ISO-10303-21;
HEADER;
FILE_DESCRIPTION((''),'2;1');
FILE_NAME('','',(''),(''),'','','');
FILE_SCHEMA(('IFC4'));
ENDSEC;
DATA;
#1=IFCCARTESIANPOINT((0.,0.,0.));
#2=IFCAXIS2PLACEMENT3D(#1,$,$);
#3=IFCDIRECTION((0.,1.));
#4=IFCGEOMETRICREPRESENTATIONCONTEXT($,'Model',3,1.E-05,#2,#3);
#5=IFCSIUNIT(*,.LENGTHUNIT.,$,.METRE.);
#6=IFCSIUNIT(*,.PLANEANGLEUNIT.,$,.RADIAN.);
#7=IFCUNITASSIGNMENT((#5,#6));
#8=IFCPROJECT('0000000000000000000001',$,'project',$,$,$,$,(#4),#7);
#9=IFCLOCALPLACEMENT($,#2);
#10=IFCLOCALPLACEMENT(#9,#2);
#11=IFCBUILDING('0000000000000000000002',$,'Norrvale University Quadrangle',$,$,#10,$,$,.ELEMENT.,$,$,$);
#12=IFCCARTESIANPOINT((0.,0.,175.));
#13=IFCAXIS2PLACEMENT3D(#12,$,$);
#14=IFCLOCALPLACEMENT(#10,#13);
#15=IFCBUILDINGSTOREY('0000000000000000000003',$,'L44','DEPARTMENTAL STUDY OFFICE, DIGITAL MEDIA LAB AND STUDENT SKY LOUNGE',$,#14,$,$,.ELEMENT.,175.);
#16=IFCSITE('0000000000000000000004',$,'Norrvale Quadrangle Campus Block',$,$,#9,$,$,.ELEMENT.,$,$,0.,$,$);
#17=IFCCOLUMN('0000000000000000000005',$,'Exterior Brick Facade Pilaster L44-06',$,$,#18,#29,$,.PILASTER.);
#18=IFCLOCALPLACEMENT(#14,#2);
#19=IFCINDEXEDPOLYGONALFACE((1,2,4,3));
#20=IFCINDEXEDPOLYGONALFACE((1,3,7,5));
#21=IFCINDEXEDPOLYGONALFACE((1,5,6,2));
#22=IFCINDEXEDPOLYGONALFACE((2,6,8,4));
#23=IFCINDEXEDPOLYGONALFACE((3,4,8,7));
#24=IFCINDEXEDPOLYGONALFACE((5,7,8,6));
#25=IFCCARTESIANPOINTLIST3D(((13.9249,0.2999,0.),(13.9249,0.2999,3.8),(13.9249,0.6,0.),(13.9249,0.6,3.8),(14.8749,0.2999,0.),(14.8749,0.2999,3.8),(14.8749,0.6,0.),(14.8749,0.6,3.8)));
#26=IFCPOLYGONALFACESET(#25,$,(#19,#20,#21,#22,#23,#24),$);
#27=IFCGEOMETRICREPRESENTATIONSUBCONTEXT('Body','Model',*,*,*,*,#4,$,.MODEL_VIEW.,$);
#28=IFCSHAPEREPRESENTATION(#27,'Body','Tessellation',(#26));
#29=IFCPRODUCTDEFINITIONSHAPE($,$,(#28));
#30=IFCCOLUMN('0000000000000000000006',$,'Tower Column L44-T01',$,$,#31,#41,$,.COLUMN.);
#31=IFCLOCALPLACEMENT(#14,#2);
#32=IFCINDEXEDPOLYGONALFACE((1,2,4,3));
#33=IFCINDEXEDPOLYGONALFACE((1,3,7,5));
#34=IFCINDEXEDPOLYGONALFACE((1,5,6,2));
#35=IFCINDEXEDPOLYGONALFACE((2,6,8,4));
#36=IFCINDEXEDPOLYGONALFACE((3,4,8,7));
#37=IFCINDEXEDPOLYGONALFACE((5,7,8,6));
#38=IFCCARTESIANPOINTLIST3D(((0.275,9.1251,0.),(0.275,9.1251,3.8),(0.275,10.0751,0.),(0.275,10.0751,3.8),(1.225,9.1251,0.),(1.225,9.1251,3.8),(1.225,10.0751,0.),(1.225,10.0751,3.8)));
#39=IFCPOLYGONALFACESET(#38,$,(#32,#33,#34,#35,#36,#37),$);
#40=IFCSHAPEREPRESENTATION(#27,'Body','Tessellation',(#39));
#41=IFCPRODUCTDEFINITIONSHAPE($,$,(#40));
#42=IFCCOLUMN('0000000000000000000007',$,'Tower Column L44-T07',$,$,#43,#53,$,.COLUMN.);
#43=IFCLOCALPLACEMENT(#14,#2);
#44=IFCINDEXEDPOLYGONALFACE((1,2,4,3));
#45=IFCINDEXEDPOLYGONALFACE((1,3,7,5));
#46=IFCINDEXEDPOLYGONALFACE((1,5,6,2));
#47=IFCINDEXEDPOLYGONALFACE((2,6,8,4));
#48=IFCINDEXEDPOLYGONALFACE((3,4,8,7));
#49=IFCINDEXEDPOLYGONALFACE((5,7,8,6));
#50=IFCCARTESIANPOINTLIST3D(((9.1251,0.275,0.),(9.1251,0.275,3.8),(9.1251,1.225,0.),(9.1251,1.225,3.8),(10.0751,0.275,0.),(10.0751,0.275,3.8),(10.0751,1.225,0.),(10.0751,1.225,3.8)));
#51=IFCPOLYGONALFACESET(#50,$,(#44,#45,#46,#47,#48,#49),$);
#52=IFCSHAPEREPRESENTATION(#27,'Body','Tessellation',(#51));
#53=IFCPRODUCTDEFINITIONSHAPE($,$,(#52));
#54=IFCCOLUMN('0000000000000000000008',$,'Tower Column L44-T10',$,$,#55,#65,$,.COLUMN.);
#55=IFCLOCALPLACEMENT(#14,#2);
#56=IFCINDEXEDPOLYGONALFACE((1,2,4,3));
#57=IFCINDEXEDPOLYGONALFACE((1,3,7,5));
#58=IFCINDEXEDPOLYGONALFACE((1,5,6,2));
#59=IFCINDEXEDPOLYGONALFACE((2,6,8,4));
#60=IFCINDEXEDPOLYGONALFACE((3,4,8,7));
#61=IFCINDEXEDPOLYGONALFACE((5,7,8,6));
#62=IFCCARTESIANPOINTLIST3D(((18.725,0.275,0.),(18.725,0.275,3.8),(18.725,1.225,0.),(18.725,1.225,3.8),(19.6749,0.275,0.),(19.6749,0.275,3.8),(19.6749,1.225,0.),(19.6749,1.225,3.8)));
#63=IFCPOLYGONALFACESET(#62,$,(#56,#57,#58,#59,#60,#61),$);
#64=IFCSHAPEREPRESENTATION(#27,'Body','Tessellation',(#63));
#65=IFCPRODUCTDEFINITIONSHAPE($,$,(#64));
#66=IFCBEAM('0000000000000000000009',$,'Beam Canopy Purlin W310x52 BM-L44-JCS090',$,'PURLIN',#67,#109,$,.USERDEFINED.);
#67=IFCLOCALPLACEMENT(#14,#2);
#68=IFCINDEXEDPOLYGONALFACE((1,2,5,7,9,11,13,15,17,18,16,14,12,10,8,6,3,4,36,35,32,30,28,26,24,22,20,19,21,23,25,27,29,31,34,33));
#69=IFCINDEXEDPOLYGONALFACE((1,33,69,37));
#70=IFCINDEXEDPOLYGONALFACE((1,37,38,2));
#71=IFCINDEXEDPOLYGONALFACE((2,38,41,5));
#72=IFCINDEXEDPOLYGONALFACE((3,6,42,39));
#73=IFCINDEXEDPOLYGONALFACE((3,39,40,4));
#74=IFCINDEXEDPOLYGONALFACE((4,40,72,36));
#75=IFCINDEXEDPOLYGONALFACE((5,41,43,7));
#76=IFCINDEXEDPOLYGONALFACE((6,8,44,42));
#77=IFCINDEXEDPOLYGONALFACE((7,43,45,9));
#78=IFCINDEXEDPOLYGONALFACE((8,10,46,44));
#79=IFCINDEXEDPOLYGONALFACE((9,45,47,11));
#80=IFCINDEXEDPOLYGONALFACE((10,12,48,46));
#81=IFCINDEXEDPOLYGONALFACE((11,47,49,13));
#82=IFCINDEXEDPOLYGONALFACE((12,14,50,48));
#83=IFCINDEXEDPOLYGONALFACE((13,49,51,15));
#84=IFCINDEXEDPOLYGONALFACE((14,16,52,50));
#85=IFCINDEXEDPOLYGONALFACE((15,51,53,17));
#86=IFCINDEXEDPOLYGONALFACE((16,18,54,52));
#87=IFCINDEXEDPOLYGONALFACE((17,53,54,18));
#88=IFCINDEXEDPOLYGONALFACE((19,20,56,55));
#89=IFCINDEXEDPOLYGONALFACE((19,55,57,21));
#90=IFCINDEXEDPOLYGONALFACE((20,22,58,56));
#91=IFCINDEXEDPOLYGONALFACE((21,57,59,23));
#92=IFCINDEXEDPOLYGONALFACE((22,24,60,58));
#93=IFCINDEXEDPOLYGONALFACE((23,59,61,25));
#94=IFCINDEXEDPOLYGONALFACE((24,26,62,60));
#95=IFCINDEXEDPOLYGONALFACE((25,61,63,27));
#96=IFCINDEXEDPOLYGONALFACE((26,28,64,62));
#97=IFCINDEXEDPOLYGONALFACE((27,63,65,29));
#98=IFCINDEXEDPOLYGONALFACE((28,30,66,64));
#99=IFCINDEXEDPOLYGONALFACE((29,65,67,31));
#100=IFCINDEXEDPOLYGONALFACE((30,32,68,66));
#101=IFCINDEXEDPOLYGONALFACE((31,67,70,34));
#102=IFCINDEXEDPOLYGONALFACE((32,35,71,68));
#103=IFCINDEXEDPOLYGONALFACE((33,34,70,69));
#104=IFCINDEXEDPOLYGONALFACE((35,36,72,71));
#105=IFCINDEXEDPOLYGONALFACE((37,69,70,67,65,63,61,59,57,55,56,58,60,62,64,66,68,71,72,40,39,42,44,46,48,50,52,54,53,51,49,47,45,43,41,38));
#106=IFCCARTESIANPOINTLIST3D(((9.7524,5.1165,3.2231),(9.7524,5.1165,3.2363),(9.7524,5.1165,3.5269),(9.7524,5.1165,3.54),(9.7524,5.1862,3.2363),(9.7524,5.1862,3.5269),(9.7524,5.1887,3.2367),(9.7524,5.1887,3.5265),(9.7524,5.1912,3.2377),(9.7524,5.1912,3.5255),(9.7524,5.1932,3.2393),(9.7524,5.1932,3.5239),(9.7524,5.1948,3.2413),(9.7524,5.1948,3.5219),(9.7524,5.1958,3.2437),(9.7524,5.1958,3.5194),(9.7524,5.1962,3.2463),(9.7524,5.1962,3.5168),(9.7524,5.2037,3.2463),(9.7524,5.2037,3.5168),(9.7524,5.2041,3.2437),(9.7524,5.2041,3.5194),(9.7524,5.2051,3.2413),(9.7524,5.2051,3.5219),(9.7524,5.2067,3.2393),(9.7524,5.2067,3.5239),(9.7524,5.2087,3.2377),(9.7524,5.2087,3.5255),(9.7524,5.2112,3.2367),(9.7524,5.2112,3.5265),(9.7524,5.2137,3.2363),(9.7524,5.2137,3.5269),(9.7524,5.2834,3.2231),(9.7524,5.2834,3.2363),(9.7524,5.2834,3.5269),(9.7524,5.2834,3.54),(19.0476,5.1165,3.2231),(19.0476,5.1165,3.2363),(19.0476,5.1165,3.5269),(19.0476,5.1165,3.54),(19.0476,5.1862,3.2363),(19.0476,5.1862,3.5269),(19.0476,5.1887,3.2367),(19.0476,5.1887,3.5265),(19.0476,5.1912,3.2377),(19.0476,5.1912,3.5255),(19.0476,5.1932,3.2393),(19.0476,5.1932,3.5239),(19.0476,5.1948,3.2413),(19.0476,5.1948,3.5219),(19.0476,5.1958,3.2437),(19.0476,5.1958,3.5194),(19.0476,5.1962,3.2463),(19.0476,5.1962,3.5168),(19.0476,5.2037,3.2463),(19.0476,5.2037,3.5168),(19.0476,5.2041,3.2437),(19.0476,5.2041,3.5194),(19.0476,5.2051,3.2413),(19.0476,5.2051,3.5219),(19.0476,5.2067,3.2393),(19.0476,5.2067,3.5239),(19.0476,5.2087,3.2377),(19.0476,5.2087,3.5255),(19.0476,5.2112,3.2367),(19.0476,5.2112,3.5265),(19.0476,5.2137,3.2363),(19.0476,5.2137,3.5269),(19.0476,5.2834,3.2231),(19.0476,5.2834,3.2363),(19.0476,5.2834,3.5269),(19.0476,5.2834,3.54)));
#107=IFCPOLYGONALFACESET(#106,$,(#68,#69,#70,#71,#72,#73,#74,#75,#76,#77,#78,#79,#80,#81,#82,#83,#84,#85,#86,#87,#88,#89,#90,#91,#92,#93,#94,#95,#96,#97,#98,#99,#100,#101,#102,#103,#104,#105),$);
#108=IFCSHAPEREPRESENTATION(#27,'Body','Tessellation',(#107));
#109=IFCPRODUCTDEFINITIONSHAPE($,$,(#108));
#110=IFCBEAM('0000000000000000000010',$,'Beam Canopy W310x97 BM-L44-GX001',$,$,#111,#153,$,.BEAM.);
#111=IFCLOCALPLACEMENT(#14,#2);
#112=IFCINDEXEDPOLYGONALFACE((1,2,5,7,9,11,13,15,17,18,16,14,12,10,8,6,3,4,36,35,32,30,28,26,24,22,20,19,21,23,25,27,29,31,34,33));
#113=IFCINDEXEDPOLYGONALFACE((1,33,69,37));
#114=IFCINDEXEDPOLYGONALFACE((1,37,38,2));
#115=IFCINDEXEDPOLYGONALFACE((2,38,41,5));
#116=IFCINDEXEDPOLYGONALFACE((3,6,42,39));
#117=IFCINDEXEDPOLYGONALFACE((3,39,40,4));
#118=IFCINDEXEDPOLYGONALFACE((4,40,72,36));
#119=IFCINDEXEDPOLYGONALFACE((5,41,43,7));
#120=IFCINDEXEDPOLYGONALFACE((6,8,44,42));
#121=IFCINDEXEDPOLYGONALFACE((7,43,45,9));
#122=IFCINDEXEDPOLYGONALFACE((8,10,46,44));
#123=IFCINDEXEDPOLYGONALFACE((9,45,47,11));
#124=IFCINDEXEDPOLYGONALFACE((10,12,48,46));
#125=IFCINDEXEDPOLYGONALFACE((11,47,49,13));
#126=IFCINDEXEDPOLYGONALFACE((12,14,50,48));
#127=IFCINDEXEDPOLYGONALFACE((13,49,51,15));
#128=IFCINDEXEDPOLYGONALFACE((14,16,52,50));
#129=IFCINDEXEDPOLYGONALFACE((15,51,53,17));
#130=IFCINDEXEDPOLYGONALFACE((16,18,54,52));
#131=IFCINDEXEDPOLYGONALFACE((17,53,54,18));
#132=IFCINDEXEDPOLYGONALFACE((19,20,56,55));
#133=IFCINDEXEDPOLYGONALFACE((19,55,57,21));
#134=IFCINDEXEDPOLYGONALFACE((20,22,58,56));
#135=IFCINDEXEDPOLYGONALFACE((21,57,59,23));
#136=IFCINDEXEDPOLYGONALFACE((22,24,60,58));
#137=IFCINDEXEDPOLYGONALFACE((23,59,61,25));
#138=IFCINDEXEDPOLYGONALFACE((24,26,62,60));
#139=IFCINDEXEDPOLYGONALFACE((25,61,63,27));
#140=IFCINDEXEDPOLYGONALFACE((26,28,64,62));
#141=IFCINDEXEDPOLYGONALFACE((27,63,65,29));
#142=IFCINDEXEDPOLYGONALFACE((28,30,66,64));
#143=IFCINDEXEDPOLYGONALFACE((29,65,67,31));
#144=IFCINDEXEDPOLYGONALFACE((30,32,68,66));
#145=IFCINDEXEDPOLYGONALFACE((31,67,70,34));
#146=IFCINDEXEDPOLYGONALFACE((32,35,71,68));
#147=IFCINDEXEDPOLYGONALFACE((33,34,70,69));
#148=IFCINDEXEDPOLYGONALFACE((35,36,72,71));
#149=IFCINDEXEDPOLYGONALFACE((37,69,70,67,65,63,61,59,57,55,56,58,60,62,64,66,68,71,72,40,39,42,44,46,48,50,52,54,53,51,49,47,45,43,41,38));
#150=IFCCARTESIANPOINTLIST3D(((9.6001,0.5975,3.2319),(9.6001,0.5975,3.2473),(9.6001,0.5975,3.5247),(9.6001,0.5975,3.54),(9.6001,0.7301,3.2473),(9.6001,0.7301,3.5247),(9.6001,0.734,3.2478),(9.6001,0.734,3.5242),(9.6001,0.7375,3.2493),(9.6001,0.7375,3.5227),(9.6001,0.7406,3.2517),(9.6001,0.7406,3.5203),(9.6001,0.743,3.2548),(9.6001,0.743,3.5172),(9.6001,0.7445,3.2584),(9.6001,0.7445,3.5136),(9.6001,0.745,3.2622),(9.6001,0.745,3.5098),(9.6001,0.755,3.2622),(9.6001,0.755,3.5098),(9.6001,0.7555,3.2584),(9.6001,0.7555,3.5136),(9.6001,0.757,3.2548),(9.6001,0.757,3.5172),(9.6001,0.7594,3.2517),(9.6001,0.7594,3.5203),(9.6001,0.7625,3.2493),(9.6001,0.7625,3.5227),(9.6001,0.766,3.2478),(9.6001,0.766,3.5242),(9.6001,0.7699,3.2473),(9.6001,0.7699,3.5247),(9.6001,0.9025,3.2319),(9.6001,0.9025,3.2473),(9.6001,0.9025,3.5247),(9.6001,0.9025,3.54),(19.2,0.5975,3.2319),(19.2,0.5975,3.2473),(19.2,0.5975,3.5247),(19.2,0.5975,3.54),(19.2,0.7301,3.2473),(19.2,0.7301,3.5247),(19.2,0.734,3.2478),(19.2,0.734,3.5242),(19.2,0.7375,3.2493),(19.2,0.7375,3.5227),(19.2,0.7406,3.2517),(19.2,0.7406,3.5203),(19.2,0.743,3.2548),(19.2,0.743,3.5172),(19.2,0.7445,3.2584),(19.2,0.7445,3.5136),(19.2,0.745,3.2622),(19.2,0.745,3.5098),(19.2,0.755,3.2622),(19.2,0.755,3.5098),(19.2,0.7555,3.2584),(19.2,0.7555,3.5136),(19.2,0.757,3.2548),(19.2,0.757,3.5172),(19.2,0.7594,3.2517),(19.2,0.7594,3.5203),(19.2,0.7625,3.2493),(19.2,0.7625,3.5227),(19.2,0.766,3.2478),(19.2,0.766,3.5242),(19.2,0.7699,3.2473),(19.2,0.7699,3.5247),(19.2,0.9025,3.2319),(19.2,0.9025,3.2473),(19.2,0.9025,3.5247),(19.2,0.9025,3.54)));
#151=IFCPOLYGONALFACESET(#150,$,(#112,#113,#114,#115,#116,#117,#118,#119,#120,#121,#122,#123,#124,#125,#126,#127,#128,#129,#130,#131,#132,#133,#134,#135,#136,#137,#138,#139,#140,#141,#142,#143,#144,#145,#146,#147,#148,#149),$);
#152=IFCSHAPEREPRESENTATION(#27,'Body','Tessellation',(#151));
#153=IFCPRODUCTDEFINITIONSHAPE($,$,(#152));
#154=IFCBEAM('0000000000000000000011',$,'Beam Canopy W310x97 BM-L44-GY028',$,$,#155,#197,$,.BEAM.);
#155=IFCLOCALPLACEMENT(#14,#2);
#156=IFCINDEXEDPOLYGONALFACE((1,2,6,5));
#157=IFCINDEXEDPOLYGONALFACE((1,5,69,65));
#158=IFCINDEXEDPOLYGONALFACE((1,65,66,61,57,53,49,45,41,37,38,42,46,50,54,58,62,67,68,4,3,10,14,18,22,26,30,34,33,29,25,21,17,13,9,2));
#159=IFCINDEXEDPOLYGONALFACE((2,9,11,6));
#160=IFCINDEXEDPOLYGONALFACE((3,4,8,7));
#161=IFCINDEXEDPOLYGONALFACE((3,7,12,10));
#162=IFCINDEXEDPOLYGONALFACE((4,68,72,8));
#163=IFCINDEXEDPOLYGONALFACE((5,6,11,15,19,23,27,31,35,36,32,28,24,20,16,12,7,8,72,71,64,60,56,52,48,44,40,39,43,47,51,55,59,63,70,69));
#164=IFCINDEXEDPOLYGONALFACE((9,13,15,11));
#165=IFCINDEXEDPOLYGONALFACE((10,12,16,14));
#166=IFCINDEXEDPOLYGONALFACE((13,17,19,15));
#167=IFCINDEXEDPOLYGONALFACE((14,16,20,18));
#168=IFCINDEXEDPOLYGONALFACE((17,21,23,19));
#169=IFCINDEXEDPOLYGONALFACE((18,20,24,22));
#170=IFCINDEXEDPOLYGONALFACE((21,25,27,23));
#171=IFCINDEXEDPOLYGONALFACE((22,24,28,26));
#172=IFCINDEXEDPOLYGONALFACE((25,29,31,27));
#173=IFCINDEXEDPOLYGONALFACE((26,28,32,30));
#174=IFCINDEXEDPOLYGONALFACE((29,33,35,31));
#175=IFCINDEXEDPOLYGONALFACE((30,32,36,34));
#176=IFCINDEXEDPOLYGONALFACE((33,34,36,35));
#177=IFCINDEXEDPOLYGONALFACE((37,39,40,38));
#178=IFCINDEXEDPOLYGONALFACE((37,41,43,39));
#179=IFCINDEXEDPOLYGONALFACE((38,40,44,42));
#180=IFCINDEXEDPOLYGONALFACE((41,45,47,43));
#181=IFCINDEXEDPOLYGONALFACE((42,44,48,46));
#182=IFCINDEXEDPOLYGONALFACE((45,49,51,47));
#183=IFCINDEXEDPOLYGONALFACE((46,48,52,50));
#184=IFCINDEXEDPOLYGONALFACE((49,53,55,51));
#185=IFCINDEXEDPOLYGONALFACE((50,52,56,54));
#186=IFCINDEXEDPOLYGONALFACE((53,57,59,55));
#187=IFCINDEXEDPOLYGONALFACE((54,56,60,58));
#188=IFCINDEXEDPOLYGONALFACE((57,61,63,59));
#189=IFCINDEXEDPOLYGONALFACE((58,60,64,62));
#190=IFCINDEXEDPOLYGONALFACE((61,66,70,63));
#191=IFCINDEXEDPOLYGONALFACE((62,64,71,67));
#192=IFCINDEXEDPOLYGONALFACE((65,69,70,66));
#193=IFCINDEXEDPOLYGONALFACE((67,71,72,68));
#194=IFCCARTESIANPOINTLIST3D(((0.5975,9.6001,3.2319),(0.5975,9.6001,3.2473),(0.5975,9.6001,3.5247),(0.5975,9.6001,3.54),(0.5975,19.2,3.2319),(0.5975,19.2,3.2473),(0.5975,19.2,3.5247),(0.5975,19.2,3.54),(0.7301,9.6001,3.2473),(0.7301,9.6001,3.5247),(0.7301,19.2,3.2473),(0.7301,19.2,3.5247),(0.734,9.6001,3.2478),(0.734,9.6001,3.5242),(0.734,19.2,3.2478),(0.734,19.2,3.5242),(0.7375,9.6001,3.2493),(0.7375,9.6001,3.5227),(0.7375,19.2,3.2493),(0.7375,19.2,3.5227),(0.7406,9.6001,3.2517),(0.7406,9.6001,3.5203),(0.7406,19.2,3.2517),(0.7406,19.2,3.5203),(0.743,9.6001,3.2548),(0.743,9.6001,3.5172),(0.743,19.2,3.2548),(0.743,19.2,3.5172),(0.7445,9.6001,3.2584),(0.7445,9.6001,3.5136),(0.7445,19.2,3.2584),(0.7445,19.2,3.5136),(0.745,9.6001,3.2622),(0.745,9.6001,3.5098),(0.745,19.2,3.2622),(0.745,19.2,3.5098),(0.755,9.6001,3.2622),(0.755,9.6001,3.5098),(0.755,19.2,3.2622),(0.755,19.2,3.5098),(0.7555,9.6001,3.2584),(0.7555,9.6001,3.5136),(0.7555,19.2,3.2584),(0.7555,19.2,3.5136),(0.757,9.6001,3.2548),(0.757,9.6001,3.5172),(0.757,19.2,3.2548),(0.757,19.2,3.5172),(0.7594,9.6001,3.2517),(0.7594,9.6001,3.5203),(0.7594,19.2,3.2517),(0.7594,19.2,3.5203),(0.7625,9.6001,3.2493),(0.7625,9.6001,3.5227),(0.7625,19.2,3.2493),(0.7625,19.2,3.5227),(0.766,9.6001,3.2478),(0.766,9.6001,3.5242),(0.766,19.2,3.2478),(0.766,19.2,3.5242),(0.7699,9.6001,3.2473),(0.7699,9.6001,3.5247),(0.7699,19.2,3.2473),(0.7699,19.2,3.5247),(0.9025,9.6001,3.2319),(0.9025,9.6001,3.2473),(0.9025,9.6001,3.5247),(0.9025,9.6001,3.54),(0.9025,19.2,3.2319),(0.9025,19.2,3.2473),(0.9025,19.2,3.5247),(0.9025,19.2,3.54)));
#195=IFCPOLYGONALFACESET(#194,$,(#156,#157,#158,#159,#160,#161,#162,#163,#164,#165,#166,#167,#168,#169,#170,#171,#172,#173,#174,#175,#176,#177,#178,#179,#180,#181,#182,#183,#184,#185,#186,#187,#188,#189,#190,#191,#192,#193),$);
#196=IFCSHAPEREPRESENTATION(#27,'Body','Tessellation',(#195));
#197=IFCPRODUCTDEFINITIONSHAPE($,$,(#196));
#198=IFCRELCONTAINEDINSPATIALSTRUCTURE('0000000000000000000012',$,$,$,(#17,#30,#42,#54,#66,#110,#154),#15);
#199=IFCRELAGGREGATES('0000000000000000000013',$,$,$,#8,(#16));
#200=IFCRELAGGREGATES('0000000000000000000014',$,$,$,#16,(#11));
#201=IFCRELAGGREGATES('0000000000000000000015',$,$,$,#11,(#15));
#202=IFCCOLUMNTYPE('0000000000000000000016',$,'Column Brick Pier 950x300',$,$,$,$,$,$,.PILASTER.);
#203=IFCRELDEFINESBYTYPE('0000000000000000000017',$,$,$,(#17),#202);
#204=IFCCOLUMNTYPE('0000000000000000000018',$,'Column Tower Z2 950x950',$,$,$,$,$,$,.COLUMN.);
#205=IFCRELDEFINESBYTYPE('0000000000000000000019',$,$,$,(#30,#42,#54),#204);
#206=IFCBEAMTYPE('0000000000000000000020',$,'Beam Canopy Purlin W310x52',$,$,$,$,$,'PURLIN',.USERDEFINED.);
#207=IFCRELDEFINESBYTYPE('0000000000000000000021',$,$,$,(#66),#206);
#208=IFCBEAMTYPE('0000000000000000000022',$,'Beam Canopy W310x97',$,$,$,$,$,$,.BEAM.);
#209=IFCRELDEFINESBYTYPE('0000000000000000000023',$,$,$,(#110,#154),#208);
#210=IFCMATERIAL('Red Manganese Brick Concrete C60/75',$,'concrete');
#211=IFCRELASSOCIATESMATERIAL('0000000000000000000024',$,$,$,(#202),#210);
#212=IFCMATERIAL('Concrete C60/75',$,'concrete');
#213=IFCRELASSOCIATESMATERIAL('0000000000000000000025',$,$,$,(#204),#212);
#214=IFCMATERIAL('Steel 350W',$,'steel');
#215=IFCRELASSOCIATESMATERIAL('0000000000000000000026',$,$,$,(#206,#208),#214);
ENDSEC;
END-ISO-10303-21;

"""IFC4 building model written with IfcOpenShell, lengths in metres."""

from ifc_helpers import new_model, si_unit, direction, frame, origin, origin_2d, place, context, subcontext, project, spatial, rectangle, i_section, extrude, material, material_profile, profile_set, type_object, element, save


model = new_model("IFC4")

# Units and contexts
model_context = context("Model", 3, precision=1e-05, world=origin(), true_north=direction((0.0, 1.0)))
body_context = subcontext(model_context, "Body", "Model", "MODEL_VIEW")
ifc_project = project(units=[si_unit("LENGTHUNIT", "METRE"), si_unit("PLANEANGLEUNIT", "RADIAN")], contexts=[model_context])

# Site, building, storey
site_placement = place(None, origin())
site = spatial("IfcSite", under=ifc_project, at=site_placement, Name="Norrvale Quadrangle Campus Block", CompositionType="ELEMENT", RefElevation=0.0)
building_placement = place(site_placement, origin())
building = spatial("IfcBuilding", under=site, at=building_placement, Name="Norrvale University Quadrangle", CompositionType="ELEMENT")
storey_placement = place(building_placement, frame((0.0, 0.0, 175.0)))
storey = spatial("IfcBuildingStorey", under=building, at=storey_placement, Name="L44", Description="DEPARTMENTAL STUDY OFFICE, DIGITAL MEDIA LAB AND STUDENT SKY LOUNGE", CompositionType="ELEMENT", Elevation=175.0)

# Columns
ifc_material_1 = material(Name="Red Manganese Brick Concrete C60/75", Category="concrete")
ifc_material_profile_1 = material_profile(ifc_material_1, rectangle(XDim=0.95, YDim=0.3, at=origin_2d()), Name="Red Manganese Brick Concrete C60/75")
ifc_profile_set_1 = profile_set([ifc_material_profile_1], Name="Red Manganese Brick Concrete C60/75")
column_type_1 = type_object("IfcColumnType", Name="Column Brick Pier 950x300", PredefinedType="PILASTER", material=ifc_profile_set_1)
column_placement = place(storey_placement, frame((14.3999, 0.45, 0.0), z_axis=(0.0, 0.0, 1.0), x_axis=(1.0, 0.0, 0.0)))
element("IfcColumn", 1, at=column_placement, inside=storey, type_object=column_type_1, Name="Exterior Brick Facade Pilaster L44-06", PredefinedType="PILASTER", context=body_context, shape_type="SweptSolid", body=[
    extrude(rectangle(XDim=0.95, YDim=0.3, at=origin_2d()), origin(), (0.0, 0.0, 1.0), 3.8),
])
ifc_material_2 = material(Name="Concrete C60/75", Category="concrete")
ifc_material_profile_2 = material_profile(ifc_material_2, rectangle(XDim=0.95, YDim=0.95, at=origin_2d()), Name="Concrete C60/75")
ifc_profile_set_2 = profile_set([ifc_material_profile_2], Name="Concrete C60/75")
column_type_2 = type_object("IfcColumnType", Name="Column Tower Z2 950x950", PredefinedType="COLUMN", material=ifc_profile_set_2)
for number, where, z_axis, x_axis, name in (
    (2, (0.75, 9.6001, 0.0), (0.0, 0.0, 1.0), (1.0, 0.0, 0.0), "Tower Column L44-T01"),
    (3, (9.6001, 0.75, 0.0), (0.0, 0.0, 1.0), (1.0, 0.0, 0.0), "Tower Column L44-T07"),
    (4, (19.2, 0.75, 0.0), (0.0, 0.0, 1.0), (1.0, 0.0, 0.0), "Tower Column L44-T10"),
):
    element("IfcColumn", number, at=place(storey_placement, frame(where, z_axis=z_axis, x_axis=x_axis)), inside=storey, type_object=column_type_2, Name=name, PredefinedType="COLUMN", context=body_context, shape_type="SweptSolid", body=[
        extrude(rectangle(XDim=0.95, YDim=0.95, at=origin_2d()), origin(), (0.0, 0.0, 1.0), 3.8),
    ])

# Beams
ifc_material_3 = material(Name="Steel 350W", Category="steel")
ifc_material_profile_3 = material_profile(ifc_material_3, i_section(OverallWidth=0.167, OverallDepth=0.3169, WebThickness=0.0076, FlangeThickness=0.0132, FilletRadius=0.01, at=origin_2d()), Name="Steel 350W")
ifc_profile_set_3 = profile_set([ifc_material_profile_3], Name="Steel 350W")
beam_type_1 = type_object("IfcBeamType", Name="Beam Canopy Purlin W310x52", ElementType="PURLIN", PredefinedType="USERDEFINED", material=ifc_profile_set_3)
beam_1_placement = place(storey_placement, frame((9.7524, 5.2, 3.3816), z_axis=(1.0, 0.0, 0.0), x_axis=(0.0, 1.0, 0.0)))
element("IfcBeam", 5, at=beam_1_placement, inside=storey, type_object=beam_type_1, Name="Beam Canopy Purlin W310x52 BM-L44-JCS090", ObjectType="PURLIN", PredefinedType="USERDEFINED", context=body_context, shape_type="SweptSolid", body=[
    extrude(i_section(OverallWidth=0.167, OverallDepth=0.3169, WebThickness=0.0076, FlangeThickness=0.0132, FilletRadius=0.01, at=origin_2d()), origin(), (0.0, 0.0, 1.0), 9.2952),
])
ifc_material_profile_4 = material_profile(ifc_material_3, i_section(OverallWidth=0.3049, OverallDepth=0.3081, WebThickness=0.01, FlangeThickness=0.0154, FilletRadius=0.0149, at=origin_2d()), Name="Steel 350W")
ifc_profile_set_4 = profile_set([ifc_material_profile_4], Name="Steel 350W")
beam_type_2 = type_object("IfcBeamType", Name="Beam Canopy W310x97", PredefinedType="BEAM", material=ifc_profile_set_4)
for number, where, z_axis, x_axis, name in (
    (6, (9.6001, 0.75, 3.386), (1.0, 0.0, 0.0), (0.0, 1.0, 0.0), "Beam Canopy W310x97 BM-L44-GX001"),
    (7, (0.75, 9.6001, 3.386), (0.0, 1.0, 0.0), (-1.0, 0.0, 0.0), "Beam Canopy W310x97 BM-L44-GY028"),
):
    element("IfcBeam", number, at=place(storey_placement, frame(where, z_axis=z_axis, x_axis=x_axis)), inside=storey, type_object=beam_type_2, Name=name, PredefinedType="BEAM", context=body_context, shape_type="SweptSolid", body=[
        extrude(i_section(OverallWidth=0.3049, OverallDepth=0.3081, WebThickness=0.01, FlangeThickness=0.0154, FilletRadius=0.0149, at=origin_2d()), origin(), (0.0, 0.0, 1.0), 9.5999),
    ])

save(model, "model.ifc")
